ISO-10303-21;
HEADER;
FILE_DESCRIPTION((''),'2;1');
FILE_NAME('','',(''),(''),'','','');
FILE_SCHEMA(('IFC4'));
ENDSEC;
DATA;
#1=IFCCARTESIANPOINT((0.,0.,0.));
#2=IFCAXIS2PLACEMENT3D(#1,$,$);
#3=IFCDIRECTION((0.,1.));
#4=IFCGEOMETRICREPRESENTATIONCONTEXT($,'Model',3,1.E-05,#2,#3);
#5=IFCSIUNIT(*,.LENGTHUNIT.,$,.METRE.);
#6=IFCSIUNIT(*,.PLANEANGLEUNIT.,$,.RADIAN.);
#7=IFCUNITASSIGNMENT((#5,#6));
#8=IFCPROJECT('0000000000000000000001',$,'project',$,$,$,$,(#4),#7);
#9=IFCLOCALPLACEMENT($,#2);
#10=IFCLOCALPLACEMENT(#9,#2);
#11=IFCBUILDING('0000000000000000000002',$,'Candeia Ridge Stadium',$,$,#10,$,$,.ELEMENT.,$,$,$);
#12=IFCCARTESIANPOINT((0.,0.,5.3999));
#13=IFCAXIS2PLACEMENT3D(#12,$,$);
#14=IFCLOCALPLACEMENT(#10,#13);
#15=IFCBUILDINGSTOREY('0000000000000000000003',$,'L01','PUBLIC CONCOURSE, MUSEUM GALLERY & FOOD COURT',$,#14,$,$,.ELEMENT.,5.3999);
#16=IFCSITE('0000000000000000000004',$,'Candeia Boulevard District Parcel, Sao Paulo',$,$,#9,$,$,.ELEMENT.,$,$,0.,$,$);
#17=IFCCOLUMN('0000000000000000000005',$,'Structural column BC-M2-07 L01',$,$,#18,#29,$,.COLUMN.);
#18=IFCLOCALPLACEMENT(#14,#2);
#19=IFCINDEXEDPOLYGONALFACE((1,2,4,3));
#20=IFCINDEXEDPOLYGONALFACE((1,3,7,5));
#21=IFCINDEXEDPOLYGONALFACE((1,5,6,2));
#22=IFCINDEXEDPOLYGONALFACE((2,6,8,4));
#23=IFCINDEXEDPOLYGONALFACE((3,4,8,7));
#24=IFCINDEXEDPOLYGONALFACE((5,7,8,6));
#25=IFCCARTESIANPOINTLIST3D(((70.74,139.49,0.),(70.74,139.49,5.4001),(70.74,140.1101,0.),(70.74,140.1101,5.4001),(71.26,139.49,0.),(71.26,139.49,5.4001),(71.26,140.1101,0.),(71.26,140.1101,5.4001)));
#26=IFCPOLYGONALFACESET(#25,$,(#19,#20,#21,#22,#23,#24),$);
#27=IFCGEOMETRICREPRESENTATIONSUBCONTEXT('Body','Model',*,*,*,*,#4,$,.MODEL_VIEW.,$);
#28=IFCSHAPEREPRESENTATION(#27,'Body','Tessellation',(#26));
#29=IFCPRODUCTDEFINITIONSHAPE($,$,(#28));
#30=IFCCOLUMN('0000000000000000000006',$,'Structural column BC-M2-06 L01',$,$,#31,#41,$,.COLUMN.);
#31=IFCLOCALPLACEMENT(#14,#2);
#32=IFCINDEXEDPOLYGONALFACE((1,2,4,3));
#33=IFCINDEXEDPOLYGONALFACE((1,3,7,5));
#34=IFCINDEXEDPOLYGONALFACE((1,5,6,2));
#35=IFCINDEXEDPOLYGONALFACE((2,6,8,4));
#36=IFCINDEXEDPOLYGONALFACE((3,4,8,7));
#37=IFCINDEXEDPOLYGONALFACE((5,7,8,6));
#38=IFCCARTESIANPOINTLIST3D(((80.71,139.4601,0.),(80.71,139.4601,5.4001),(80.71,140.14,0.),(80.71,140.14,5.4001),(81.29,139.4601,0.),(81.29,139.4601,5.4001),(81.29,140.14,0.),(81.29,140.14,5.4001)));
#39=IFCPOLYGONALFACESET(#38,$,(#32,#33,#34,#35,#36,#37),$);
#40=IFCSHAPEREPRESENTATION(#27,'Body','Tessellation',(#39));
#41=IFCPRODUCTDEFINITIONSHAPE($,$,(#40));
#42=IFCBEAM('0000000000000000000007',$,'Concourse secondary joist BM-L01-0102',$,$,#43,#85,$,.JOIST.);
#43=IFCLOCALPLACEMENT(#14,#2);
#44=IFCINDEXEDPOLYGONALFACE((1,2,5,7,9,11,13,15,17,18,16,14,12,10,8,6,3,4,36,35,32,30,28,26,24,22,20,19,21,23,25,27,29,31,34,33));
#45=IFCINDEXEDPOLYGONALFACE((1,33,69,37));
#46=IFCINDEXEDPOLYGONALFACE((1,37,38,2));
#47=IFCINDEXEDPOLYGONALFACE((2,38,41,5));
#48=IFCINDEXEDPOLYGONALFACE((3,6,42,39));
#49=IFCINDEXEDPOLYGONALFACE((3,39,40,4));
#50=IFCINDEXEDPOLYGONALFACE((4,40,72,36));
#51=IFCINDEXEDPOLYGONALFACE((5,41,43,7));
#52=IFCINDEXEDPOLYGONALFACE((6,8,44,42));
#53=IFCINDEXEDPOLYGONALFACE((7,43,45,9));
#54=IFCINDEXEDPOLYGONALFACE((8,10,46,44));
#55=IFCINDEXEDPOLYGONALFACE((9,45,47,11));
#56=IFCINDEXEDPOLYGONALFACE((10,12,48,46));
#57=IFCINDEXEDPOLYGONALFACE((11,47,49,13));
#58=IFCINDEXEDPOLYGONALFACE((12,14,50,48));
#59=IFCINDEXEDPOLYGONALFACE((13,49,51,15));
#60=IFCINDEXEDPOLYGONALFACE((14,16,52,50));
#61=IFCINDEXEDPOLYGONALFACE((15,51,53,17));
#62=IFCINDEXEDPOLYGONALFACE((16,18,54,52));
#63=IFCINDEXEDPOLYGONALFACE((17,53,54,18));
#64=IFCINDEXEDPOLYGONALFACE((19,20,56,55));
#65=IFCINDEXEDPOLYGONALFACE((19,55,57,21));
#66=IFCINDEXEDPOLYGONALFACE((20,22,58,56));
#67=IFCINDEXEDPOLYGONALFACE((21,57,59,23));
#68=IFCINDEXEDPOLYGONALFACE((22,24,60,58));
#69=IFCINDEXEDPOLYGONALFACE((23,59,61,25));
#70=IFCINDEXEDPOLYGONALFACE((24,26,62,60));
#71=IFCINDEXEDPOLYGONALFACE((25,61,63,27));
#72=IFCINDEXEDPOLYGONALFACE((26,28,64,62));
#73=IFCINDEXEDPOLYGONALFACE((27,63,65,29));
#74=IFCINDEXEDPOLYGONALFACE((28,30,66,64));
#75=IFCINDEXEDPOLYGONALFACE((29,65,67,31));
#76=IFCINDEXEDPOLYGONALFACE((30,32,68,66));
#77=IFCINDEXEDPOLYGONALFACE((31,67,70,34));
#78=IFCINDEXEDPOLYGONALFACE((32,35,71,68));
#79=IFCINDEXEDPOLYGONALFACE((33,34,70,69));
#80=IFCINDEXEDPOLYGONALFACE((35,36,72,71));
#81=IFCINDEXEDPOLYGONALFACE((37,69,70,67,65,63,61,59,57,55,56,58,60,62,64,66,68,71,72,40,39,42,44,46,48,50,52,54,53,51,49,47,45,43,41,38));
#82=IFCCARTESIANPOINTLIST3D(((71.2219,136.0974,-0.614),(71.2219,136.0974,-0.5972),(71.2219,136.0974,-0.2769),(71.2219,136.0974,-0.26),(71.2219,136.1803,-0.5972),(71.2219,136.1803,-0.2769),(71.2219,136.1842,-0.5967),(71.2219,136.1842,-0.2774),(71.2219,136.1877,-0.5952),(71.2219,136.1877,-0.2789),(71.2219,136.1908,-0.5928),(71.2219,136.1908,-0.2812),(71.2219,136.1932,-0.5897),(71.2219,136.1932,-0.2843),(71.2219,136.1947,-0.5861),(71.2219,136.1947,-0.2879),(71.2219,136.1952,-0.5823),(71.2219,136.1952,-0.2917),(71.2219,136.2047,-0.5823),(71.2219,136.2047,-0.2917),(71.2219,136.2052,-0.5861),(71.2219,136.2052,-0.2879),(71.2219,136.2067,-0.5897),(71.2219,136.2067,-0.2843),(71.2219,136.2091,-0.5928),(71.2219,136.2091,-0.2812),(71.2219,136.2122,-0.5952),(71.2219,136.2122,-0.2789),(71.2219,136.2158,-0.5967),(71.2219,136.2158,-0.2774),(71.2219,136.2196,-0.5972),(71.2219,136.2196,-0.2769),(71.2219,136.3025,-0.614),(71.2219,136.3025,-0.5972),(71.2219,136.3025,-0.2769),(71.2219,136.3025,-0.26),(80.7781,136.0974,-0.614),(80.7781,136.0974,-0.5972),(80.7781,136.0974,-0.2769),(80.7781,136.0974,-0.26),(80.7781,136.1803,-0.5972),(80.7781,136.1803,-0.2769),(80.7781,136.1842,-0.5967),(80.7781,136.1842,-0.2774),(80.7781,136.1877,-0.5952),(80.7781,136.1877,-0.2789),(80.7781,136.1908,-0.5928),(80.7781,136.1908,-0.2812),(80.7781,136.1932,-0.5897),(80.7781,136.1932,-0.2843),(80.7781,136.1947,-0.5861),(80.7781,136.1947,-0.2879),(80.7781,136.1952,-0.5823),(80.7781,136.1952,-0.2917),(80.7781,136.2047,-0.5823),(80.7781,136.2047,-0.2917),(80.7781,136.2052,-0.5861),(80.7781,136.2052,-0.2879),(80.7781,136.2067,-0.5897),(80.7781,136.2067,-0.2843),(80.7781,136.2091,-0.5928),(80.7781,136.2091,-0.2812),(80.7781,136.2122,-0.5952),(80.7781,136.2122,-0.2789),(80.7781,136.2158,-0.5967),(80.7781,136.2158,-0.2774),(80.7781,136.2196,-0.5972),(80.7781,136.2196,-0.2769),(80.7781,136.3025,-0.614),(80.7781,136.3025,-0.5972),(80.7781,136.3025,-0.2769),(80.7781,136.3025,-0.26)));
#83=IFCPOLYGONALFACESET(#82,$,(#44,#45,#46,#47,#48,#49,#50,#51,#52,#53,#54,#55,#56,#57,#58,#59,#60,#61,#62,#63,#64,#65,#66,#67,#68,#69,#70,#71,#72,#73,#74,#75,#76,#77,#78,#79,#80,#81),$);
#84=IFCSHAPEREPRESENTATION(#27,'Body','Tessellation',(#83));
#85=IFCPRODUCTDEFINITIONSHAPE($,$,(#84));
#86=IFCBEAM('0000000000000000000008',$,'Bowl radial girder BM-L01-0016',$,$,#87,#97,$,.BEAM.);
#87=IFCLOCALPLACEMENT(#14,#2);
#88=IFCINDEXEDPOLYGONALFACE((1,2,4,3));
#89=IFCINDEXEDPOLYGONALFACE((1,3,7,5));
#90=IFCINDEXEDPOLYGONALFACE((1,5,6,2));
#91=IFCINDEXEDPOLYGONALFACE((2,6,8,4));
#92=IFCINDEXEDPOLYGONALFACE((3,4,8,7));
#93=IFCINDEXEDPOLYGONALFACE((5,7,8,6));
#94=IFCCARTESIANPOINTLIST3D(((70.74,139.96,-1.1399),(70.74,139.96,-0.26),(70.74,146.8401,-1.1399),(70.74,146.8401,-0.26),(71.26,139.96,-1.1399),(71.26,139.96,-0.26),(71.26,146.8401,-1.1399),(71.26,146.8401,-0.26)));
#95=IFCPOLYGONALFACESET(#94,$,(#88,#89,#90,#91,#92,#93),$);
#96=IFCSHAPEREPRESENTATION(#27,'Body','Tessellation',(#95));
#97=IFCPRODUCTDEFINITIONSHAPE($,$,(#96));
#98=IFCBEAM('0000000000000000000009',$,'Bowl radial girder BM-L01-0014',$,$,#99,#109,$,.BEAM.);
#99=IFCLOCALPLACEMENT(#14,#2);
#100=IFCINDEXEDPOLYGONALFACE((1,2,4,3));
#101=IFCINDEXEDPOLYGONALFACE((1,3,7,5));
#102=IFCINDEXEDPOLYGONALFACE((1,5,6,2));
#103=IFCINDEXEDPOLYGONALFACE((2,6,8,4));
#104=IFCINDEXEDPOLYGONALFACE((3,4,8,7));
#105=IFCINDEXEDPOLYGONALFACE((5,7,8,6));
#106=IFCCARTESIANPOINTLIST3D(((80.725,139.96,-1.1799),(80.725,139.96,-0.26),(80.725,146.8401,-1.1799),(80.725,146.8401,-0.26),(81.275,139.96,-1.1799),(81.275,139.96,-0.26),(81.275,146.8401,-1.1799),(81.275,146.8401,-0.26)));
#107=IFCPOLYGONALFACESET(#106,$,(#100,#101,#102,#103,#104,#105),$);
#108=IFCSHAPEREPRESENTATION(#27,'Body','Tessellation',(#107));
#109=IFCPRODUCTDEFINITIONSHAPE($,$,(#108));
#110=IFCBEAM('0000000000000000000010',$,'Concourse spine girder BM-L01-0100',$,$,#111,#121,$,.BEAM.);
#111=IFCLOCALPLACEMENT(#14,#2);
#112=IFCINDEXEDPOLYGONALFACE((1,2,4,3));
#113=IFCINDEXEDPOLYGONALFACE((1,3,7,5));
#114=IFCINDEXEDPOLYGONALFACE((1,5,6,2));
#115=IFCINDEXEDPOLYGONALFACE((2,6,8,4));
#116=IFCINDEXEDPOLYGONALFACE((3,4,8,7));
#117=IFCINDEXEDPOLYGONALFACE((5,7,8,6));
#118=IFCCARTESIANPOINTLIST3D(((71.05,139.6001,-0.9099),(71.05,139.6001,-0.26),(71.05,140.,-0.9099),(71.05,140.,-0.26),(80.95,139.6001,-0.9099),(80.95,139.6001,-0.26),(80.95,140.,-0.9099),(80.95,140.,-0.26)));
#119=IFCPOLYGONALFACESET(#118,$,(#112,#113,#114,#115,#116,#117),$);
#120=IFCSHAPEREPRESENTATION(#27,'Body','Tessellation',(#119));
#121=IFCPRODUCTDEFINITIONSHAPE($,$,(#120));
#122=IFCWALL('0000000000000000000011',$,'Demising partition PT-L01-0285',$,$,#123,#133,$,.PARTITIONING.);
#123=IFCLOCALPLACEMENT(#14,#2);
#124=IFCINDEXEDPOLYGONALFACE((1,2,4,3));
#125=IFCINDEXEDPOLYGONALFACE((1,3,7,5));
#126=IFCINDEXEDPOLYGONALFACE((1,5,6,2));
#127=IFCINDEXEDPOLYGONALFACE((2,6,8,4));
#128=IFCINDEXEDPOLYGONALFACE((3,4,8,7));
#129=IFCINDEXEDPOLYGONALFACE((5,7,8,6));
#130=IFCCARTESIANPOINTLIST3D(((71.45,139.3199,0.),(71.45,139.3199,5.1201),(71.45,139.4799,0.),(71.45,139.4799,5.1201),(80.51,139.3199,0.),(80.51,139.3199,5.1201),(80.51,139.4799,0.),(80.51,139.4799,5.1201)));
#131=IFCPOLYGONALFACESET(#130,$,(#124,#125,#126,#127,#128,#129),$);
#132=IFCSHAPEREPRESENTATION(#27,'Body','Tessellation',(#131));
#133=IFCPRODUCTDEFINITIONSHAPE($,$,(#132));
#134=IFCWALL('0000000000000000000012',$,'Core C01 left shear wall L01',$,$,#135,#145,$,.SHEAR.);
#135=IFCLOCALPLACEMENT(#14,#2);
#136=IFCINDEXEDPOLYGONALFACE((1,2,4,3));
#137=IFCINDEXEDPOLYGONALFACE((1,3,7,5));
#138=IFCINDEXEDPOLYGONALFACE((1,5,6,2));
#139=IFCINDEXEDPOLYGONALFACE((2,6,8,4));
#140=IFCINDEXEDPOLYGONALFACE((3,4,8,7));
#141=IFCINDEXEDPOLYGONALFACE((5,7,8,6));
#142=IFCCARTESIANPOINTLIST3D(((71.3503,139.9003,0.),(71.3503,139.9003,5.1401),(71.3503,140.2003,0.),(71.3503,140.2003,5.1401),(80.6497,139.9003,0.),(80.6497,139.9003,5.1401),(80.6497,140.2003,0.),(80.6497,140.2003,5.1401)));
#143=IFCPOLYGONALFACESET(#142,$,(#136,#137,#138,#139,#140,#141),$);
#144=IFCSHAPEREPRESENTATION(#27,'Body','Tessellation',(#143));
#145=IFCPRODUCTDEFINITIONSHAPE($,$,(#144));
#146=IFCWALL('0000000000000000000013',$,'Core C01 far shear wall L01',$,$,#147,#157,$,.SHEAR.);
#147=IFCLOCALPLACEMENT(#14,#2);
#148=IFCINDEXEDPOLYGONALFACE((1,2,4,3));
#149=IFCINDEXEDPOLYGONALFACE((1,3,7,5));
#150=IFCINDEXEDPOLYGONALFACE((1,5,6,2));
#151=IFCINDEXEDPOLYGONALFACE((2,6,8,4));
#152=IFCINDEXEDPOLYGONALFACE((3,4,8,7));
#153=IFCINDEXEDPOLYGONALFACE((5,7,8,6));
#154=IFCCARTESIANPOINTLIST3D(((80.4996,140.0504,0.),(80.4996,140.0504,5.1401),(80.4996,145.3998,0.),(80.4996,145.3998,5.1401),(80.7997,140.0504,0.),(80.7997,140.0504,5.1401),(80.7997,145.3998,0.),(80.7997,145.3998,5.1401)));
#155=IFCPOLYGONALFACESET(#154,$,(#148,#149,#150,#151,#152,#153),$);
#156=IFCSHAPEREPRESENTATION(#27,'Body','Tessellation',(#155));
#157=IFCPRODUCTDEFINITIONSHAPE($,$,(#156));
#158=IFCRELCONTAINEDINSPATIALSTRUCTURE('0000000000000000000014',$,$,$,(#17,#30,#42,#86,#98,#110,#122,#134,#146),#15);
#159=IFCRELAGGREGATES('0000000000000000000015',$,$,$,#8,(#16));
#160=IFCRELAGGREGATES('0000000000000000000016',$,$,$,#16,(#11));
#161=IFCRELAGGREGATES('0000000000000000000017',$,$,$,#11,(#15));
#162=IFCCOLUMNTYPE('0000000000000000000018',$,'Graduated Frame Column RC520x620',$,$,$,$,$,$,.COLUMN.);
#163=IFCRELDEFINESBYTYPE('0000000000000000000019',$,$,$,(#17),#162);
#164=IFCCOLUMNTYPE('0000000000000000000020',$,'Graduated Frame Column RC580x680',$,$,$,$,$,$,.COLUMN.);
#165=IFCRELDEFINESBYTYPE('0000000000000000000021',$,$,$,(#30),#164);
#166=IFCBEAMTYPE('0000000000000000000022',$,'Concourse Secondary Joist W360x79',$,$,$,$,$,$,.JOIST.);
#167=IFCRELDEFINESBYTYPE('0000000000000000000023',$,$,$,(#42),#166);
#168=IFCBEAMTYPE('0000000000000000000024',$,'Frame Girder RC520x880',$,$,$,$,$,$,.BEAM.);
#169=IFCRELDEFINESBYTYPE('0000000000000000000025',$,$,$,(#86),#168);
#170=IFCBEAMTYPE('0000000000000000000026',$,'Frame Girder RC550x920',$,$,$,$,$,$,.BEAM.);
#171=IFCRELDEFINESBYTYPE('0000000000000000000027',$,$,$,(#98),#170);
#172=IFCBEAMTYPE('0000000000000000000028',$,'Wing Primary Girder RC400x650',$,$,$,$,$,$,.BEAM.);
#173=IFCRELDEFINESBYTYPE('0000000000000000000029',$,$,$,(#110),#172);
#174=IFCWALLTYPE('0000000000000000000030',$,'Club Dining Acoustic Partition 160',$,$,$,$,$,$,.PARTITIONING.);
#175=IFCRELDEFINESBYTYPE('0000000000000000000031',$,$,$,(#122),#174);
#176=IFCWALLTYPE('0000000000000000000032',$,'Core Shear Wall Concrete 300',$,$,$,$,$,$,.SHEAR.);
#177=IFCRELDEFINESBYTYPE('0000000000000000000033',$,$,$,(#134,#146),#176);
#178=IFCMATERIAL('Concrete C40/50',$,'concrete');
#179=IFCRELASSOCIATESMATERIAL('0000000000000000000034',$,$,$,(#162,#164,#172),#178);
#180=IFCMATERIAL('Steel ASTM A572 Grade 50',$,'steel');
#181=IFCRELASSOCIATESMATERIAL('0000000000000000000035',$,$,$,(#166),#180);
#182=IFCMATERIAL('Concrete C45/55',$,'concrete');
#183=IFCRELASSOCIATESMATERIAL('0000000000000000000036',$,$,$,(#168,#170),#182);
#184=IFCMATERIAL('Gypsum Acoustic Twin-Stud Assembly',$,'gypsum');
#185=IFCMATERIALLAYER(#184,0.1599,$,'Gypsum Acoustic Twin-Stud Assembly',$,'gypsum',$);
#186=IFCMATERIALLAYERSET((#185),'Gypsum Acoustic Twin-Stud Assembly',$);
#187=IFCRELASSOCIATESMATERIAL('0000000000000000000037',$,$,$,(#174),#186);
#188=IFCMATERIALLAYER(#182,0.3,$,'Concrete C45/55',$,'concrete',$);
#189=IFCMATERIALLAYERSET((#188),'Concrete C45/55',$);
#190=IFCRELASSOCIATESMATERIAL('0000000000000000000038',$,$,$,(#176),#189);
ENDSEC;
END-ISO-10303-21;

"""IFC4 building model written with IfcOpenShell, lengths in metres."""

from ifc_helpers import new_model, si_unit, direction, frame, frame_2d, origin, origin_2d, place, context, subcontext, project, spatial, rectangle, i_section, extrude, material, layer, layer_set, material_profile, profile_set, type_object, element, save


model = new_model("IFC4")

# Units and contexts
model_context = context("Model", 3, precision=1e-05, world=origin(), true_north=direction((0.0, 1.0)))
body_context = subcontext(model_context, "Body", "Model", "MODEL_VIEW")
ifc_project = project(units=[si_unit("LENGTHUNIT", "METRE"), si_unit("PLANEANGLEUNIT", "RADIAN")], contexts=[model_context])

# Site, building, storey
site_placement = place(None, origin())
site = spatial("IfcSite", under=ifc_project, at=site_placement, Name="Candeia Boulevard District Parcel, Sao Paulo", CompositionType="ELEMENT", RefElevation=0.0)
building_placement = place(site_placement, origin())
building = spatial("IfcBuilding", under=site, at=building_placement, Name="Candeia Ridge Stadium", CompositionType="ELEMENT")
storey_placement = place(building_placement, frame((0.0, 0.0, 5.3999)))
storey = spatial("IfcBuildingStorey", under=building, at=storey_placement, Name="L01", Description="PUBLIC CONCOURSE, MUSEUM GALLERY & FOOD COURT", CompositionType="ELEMENT", Elevation=5.3999)

# Columns
ifc_material_1 = material(Name="Concrete C40/50", Category="concrete")
ifc_material_profile_1 = material_profile(ifc_material_1, rectangle(XDim=0.52, YDim=0.6201, at=origin_2d()), Name="RC520x620", Category="concrete")
ifc_profile_set_1 = profile_set([ifc_material_profile_1], Name="Concrete C40/50")
column_type_1 = type_object("IfcColumnType", Name="Graduated Frame Column RC520x620", PredefinedType="COLUMN", material=ifc_profile_set_1)
column_1_placement = place(storey_placement, frame((71.0, 139.8, 0.0), z_axis=(0.0, 0.0, 1.0), x_axis=(1.0, 0.0, 0.0)))
element("IfcColumn", 1, at=column_1_placement, inside=storey, type_object=column_type_1, Name="Structural column BC-M2-07 L01", PredefinedType="COLUMN", context=body_context, shape_type="SweptSolid", body=[
    extrude(rectangle(XDim=0.52, YDim=0.6201, at=origin_2d()), origin(), (0.0, 0.0, 1.0), 5.4001),
])
ifc_material_profile_2 = material_profile(ifc_material_1, rectangle(XDim=0.5801, YDim=0.6799, at=origin_2d()), Name="RC580x680", Category="concrete")
ifc_profile_set_2 = profile_set([ifc_material_profile_2], Name="Concrete C40/50")
column_type_2 = type_object("IfcColumnType", Name="Graduated Frame Column RC580x680", PredefinedType="COLUMN", material=ifc_profile_set_2)
column_2_placement = place(storey_placement, frame((81.0, 139.8, 0.0), z_axis=(0.0, 0.0, 1.0), x_axis=(1.0, 0.0, 0.0)))
element("IfcColumn", 2, at=column_2_placement, inside=storey, type_object=column_type_2, Name="Structural column BC-M2-06 L01", PredefinedType="COLUMN", context=body_context, shape_type="SweptSolid", body=[
    extrude(rectangle(XDim=0.5801, YDim=0.6799, at=origin_2d()), origin(), (0.0, 0.0, 1.0), 5.4001),
])

# Beams
ifc_material_2 = material(Name="Steel ASTM A572 Grade 50", Category="steel")
ifc_material_profile_3 = material_profile(ifc_material_2, i_section(OverallWidth=0.2051, OverallDepth=0.354, WebThickness=0.0095, FlangeThickness=0.0168, FilletRadius=0.0149, at=origin_2d()), Name="W360x79", Category="steel")
ifc_profile_set_3 = profile_set([ifc_material_profile_3], Name="Steel ASTM A572 Grade 50")
beam_type_1 = type_object("IfcBeamType", Name="Concourse Secondary Joist W360x79", PredefinedType="JOIST", material=ifc_profile_set_3)
beam_1_placement = place(storey_placement, frame((80.7781, 136.2, -0.437), z_axis=(-1.0, 0.0, 0.0), x_axis=(0.0, -1.0, 0.0)))
element("IfcBeam", 3, at=beam_1_placement, inside=storey, type_object=beam_type_1, Name="Concourse secondary joist BM-L01-0102", PredefinedType="JOIST", context=body_context, shape_type="SweptSolid", body=[
    extrude(i_section(OverallWidth=0.2051, OverallDepth=0.354, WebThickness=0.0095, FlangeThickness=0.0168, FilletRadius=0.0149, at=origin_2d()), origin(), (0.0, 0.0, 1.0), 9.5562),
])
ifc_material_3 = material(Name="Concrete C45/55", Category="concrete")
ifc_material_profile_4 = material_profile(ifc_material_3, rectangle(XDim=0.52, YDim=0.8799, at=origin_2d()), Name="RC520x880", Category="concrete")
ifc_profile_set_4 = profile_set([ifc_material_profile_4], Name="Concrete C45/55")
beam_type_2 = type_object("IfcBeamType", Name="Frame Girder RC520x880", PredefinedType="BEAM", material=ifc_profile_set_4)
beam_2_placement = place(storey_placement, frame((71.0, 139.96, -0.7), z_axis=(0.0, 1.0, 0.0), x_axis=(-1.0, 0.0, 0.0)))
element("IfcBeam", 4, at=beam_2_placement, inside=storey, type_object=beam_type_2, Name="Bowl radial girder BM-L01-0016", PredefinedType="BEAM", context=body_context, shape_type="SweptSolid", body=[
    extrude(rectangle(XDim=0.52, YDim=0.8799, at=origin_2d()), origin(), (0.0, 0.0, 1.0), 6.8801),
])
ifc_material_profile_5 = material_profile(ifc_material_3, rectangle(XDim=0.55, YDim=0.9199, at=origin_2d()), Name="RC550x920", Category="concrete")
ifc_profile_set_5 = profile_set([ifc_material_profile_5], Name="Concrete C45/55")
beam_type_3 = type_object("IfcBeamType", Name="Frame Girder RC550x920", PredefinedType="BEAM", material=ifc_profile_set_5)
beam_3_placement = place(storey_placement, frame((81.0, 139.96, -0.72), z_axis=(0.0, 1.0, 0.0), x_axis=(-1.0, 0.0, 0.0)))
element("IfcBeam", 5, at=beam_3_placement, inside=storey, type_object=beam_type_3, Name="Bowl radial girder BM-L01-0014", PredefinedType="BEAM", context=body_context, shape_type="SweptSolid", body=[
    extrude(rectangle(XDim=0.55, YDim=0.9199, at=origin_2d()), origin(), (0.0, 0.0, 1.0), 6.8801),
])
ifc_material_profile_6 = material_profile(ifc_material_1, rectangle(XDim=0.3999, YDim=0.6499, at=origin_2d()), Name="RC400x650", Category="concrete")
ifc_profile_set_6 = profile_set([ifc_material_profile_6], Name="Concrete C40/50")
beam_type_4 = type_object("IfcBeamType", Name="Wing Primary Girder RC400x650", PredefinedType="BEAM", material=ifc_profile_set_6)
beam_4_placement = place(storey_placement, frame((80.95, 139.8, -0.585), z_axis=(-1.0, 0.0, 0.0), x_axis=(0.0, -1.0, 0.0)))
element("IfcBeam", 6, at=beam_4_placement, inside=storey, type_object=beam_type_4, Name="Concourse spine girder BM-L01-0100", PredefinedType="BEAM", context=body_context, shape_type="SweptSolid", body=[
    extrude(rectangle(XDim=0.3999, YDim=0.6499, at=origin_2d()), origin(), (0.0, 0.0, 1.0), 9.8999),
])

# Walls
ifc_material_4 = material(Name="Gypsum Acoustic Twin-Stud Assembly", Category="gypsum")
ifc_layer_1 = layer(ifc_material_4, 0.1599, Name="Gypsum Acoustic Twin-Stud Assembly", Category="gypsum")
ifc_layer_set_1 = layer_set([ifc_layer_1], Name="Gypsum Acoustic Twin-Stud Assembly")
wall_type_1 = type_object("IfcWallType", Name="Club Dining Acoustic Partition 160", PredefinedType="PARTITIONING", material=ifc_layer_set_1)
wall_1_placement = place(storey_placement, frame((71.45, 139.3999, 0.0), z_axis=(0.0, 0.0, 1.0), x_axis=(1.0, 0.0, 0.0)))
element("IfcWall", 7, at=wall_1_placement, inside=storey, type_object=wall_type_1, Name="Demising partition PT-L01-0285", PredefinedType="PARTITIONING", context=body_context, shape_type="SweptSolid", body=[
    extrude(rectangle(XDim=9.0601, YDim=0.1599, at=frame_2d((4.53, 0.0))), origin(), (0.0, 0.0, 1.0), 5.1201),
])
ifc_layer_2 = layer(ifc_material_3, 0.3, Name="Concrete C45/55", Category="concrete")
ifc_layer_set_2 = layer_set([ifc_layer_2], Name="Concrete C45/55")
wall_type_2 = type_object("IfcWallType", Name="Core Shear Wall Concrete 300", PredefinedType="SHEAR", material=ifc_layer_set_2)
wall_2_placement = place(storey_placement, frame((71.3503, 140.0503, 0.0), z_axis=(0.0, 0.0, 1.0), x_axis=(1.0, 0.0, 0.0)))
element("IfcWall", 8, at=wall_2_placement, inside=storey, type_object=wall_type_2, Name="Core C01 left shear wall L01", PredefinedType="SHEAR", context=body_context, shape_type="SweptSolid", body=[
    extrude(rectangle(XDim=9.2993, YDim=0.3, at=frame_2d((4.6497, 0.0))), origin(), (0.0, 0.0, 1.0), 5.1401),
])
wall_3_placement = place(storey_placement, frame((80.6497, 140.0503, 0.0), z_axis=(0.0, 0.0, 1.0), x_axis=(0.0, 1.0, 0.0)))
element("IfcWall", 9, at=wall_3_placement, inside=storey, type_object=wall_type_2, Name="Core C01 far shear wall L01", PredefinedType="SHEAR", context=body_context, shape_type="SweptSolid", body=[
    extrude(rectangle(XDim=5.3494, YDim=0.3, at=frame_2d((2.6748, 0.0))), origin(), (0.0, 0.0, 1.0), 5.1401),
])

save(model, "model.ifc")
